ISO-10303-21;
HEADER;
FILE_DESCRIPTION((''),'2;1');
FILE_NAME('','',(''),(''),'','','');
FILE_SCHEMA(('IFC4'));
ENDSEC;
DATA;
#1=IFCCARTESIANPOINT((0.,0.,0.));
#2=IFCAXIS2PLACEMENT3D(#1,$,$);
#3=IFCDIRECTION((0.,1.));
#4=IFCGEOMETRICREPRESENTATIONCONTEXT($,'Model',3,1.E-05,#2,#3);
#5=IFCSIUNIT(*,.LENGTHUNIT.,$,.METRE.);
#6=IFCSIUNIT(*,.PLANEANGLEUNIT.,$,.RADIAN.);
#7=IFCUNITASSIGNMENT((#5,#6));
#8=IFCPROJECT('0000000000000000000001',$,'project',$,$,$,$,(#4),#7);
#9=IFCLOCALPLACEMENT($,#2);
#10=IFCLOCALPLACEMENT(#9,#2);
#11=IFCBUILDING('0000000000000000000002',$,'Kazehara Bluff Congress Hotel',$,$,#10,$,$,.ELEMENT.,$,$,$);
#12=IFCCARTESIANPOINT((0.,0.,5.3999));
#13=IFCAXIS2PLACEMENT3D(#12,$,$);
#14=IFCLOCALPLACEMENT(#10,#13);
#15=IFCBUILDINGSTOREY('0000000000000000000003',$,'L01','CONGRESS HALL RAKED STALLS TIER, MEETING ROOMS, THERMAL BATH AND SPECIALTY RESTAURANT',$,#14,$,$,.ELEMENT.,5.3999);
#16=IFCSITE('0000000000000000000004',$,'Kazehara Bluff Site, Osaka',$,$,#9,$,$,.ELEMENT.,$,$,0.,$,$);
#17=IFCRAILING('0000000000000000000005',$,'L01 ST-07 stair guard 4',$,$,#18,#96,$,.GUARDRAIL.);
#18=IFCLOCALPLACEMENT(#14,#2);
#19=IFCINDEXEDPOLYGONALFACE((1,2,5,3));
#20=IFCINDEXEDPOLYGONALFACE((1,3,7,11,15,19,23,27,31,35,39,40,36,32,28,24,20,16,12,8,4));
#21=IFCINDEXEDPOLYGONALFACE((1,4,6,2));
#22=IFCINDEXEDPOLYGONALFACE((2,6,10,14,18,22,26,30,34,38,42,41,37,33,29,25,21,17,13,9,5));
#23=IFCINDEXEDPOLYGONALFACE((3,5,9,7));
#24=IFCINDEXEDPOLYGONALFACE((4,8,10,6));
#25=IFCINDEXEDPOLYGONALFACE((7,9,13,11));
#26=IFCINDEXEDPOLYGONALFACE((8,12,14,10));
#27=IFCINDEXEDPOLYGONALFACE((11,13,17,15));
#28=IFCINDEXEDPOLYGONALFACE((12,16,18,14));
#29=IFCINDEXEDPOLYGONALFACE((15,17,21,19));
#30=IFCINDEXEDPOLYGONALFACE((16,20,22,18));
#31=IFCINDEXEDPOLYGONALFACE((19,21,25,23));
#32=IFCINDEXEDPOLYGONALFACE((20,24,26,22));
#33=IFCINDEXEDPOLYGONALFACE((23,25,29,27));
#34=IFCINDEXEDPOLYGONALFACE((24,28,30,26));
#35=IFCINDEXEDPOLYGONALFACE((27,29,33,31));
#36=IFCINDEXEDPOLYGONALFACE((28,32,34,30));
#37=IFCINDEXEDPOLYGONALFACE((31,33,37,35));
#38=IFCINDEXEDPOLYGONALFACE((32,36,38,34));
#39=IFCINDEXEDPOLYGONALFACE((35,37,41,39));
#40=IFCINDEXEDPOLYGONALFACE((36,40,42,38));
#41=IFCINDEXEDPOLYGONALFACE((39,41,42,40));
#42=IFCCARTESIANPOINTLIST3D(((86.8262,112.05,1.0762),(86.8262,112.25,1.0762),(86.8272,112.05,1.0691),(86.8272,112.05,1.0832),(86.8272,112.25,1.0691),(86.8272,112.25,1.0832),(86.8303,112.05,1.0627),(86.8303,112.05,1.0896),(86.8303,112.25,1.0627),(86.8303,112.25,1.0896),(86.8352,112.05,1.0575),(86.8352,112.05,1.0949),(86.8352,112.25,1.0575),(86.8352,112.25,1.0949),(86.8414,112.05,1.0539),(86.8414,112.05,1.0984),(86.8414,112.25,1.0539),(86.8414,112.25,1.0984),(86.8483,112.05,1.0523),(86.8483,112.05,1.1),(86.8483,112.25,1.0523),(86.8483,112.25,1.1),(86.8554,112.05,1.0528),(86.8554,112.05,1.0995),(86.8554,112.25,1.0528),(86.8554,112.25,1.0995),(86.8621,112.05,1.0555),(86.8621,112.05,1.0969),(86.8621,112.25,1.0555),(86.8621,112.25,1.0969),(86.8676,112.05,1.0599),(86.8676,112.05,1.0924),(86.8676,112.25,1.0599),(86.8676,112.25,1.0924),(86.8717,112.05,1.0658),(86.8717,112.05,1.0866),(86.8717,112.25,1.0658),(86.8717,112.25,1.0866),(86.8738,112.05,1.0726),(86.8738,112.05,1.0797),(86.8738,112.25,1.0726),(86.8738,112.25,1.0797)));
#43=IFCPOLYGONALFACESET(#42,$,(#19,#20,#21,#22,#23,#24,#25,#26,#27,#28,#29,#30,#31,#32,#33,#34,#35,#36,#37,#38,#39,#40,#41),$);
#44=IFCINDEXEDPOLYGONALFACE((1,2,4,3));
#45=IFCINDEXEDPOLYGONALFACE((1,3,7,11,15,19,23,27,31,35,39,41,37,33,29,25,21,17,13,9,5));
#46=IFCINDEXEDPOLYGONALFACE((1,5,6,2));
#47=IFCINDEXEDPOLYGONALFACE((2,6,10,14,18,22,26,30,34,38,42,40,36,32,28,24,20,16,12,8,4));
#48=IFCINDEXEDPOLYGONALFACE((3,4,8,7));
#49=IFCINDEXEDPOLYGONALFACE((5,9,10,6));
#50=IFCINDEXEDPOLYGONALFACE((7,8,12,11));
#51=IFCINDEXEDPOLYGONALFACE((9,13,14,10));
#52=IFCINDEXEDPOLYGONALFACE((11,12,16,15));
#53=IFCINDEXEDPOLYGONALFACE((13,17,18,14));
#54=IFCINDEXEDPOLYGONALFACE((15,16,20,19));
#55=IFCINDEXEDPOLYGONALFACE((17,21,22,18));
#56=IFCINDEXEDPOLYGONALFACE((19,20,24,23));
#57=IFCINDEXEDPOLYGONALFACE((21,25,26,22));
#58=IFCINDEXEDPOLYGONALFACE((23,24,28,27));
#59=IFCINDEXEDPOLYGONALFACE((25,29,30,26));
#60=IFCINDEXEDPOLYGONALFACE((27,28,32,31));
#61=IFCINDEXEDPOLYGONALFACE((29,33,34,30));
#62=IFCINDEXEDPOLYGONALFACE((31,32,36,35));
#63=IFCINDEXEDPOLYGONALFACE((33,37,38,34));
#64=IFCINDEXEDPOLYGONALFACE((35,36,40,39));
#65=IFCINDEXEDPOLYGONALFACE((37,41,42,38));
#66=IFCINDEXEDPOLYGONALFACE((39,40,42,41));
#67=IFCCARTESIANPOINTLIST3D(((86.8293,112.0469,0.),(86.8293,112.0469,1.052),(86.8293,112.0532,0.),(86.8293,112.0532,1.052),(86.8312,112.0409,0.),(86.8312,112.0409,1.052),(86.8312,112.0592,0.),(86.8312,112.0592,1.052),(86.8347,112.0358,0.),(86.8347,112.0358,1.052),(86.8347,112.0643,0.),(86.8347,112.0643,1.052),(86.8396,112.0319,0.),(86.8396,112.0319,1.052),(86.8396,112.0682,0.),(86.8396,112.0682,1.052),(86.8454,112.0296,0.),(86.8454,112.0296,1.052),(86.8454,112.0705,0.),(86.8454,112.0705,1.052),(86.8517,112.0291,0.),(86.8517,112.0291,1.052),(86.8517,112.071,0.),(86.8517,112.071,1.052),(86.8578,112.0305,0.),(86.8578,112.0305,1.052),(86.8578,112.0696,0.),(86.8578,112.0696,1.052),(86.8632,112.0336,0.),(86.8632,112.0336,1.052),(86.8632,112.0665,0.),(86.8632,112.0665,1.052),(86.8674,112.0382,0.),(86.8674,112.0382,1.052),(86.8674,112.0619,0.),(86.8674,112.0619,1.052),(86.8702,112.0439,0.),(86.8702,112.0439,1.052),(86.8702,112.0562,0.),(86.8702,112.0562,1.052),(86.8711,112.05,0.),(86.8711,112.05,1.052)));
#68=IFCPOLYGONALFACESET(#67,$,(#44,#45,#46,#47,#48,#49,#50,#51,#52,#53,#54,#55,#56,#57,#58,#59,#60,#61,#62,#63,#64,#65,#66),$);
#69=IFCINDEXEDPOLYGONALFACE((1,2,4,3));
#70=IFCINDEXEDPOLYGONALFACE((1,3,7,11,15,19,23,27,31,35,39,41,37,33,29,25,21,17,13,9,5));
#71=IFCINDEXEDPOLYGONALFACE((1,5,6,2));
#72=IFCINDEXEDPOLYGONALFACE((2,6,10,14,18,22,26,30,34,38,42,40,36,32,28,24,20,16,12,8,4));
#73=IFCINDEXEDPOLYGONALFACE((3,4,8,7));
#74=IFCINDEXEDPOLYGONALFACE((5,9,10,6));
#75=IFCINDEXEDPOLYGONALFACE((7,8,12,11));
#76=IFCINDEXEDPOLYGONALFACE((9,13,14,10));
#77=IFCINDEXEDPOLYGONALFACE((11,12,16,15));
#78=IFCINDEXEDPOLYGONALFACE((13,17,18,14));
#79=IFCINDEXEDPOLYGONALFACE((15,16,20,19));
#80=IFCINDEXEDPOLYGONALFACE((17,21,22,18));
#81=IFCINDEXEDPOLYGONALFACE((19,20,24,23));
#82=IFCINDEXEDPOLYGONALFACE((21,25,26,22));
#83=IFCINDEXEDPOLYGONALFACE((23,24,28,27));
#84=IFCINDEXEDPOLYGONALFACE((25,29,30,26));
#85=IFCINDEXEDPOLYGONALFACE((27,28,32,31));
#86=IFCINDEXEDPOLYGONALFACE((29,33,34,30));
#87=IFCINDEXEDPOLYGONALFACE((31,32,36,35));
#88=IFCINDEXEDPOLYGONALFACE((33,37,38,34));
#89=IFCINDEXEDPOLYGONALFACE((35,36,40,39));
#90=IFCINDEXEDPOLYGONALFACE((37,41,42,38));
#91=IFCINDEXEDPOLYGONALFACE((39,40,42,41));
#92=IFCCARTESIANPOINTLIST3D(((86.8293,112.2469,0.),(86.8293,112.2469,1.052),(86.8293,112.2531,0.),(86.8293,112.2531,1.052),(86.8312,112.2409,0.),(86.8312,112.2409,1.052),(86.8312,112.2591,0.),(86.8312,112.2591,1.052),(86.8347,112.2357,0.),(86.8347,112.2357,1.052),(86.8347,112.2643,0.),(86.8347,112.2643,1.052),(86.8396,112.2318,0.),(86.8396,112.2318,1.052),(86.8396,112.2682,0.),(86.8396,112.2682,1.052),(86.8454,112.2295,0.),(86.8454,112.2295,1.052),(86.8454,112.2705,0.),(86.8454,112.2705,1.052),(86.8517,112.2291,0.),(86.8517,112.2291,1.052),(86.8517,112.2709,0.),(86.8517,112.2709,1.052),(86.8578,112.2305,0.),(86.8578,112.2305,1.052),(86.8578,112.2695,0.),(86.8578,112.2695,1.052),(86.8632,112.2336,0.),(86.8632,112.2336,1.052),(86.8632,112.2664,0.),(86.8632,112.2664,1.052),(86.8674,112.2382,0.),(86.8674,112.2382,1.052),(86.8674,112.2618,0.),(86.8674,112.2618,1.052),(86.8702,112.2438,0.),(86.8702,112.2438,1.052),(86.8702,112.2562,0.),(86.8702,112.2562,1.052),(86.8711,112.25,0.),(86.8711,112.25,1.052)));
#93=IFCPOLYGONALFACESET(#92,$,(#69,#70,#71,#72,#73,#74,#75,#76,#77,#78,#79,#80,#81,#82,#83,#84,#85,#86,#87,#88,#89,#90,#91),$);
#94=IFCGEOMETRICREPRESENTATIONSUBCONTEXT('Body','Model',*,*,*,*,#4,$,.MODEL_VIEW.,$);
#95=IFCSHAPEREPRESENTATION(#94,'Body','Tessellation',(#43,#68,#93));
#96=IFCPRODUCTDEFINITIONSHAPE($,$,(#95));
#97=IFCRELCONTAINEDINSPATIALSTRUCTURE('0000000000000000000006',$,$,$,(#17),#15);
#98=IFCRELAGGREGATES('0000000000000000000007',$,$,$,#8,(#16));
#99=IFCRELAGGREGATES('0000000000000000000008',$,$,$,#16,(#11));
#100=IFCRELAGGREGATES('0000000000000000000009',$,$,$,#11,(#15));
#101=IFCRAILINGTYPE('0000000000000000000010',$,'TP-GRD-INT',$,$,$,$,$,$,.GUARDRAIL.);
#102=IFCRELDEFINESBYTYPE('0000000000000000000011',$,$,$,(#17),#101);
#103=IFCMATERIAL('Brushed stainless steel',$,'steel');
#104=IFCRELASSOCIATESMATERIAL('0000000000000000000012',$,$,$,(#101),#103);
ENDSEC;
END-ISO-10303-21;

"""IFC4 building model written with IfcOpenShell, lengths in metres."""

from ifc_helpers import new_model, si_unit, direction, frame, origin, origin_2d, place, context, subcontext, project, spatial, circle, extrude, material, type_object, element, save


model = new_model("IFC4")

# Units and contexts
model_context = context("Model", 3, precision=1e-05, world=origin(), true_north=direction((0.0, 1.0)))
body_context = subcontext(model_context, "Body", "Model", "MODEL_VIEW")
ifc_project = project(units=[si_unit("LENGTHUNIT", "METRE"), si_unit("PLANEANGLEUNIT", "RADIAN")], contexts=[model_context])

# Site, building, storey
site_placement = place(None, origin())
site = spatial("IfcSite", under=ifc_project, at=site_placement, Name="Kazehara Bluff Site, Osaka", CompositionType="ELEMENT", RefElevation=0.0)
building_placement = place(site_placement, origin())
building = spatial("IfcBuilding", under=site, at=building_placement, Name="Kazehara Bluff Congress Hotel", CompositionType="ELEMENT")
storey_placement = place(building_placement, frame((0.0, 0.0, 5.3999)))
storey = spatial("IfcBuildingStorey", under=building, at=storey_placement, Name="L01", Description="CONGRESS HALL RAKED STALLS TIER, MEETING ROOMS, THERMAL BATH AND SPECIALTY RESTAURANT", CompositionType="ELEMENT", Elevation=5.3999)

# Railing
ifc_material_1 = material(Name="Brushed stainless steel", Category="steel")
railing_type_1 = type_object("IfcRailingType", Name="TP-GRD-INT", PredefinedType="GUARDRAIL", material=ifc_material_1)
railing_1_placement = place(storey_placement, frame((86.8501, 112.05, 0.0)))
element("IfcRailing", 1, at=railing_1_placement, inside=storey, type_object=railing_type_1, Name="L01 ST-07 stair guard 4", PredefinedType="GUARDRAIL", context=body_context, shape_type="SweptSolid", body=[
    extrude(circle(Radius=0.0239, at=origin_2d()), frame((0.0, 0.0, 1.0762), z_axis=(0.0, 1.0, 0.0), x_axis=(-1.0, 0.0, 0.0)), (0.0, 0.0, 1.0), 0.2),
    extrude(circle(Radius=0.021, at=origin_2d()), origin(), (0.0, 0.0, 1.0), 1.052),
    extrude(circle(Radius=0.021, at=origin_2d()), frame((0.0, 0.2, 0.0)), (0.0, 0.0, 1.0), 1.052),
])

save(model, "model.ifc")
